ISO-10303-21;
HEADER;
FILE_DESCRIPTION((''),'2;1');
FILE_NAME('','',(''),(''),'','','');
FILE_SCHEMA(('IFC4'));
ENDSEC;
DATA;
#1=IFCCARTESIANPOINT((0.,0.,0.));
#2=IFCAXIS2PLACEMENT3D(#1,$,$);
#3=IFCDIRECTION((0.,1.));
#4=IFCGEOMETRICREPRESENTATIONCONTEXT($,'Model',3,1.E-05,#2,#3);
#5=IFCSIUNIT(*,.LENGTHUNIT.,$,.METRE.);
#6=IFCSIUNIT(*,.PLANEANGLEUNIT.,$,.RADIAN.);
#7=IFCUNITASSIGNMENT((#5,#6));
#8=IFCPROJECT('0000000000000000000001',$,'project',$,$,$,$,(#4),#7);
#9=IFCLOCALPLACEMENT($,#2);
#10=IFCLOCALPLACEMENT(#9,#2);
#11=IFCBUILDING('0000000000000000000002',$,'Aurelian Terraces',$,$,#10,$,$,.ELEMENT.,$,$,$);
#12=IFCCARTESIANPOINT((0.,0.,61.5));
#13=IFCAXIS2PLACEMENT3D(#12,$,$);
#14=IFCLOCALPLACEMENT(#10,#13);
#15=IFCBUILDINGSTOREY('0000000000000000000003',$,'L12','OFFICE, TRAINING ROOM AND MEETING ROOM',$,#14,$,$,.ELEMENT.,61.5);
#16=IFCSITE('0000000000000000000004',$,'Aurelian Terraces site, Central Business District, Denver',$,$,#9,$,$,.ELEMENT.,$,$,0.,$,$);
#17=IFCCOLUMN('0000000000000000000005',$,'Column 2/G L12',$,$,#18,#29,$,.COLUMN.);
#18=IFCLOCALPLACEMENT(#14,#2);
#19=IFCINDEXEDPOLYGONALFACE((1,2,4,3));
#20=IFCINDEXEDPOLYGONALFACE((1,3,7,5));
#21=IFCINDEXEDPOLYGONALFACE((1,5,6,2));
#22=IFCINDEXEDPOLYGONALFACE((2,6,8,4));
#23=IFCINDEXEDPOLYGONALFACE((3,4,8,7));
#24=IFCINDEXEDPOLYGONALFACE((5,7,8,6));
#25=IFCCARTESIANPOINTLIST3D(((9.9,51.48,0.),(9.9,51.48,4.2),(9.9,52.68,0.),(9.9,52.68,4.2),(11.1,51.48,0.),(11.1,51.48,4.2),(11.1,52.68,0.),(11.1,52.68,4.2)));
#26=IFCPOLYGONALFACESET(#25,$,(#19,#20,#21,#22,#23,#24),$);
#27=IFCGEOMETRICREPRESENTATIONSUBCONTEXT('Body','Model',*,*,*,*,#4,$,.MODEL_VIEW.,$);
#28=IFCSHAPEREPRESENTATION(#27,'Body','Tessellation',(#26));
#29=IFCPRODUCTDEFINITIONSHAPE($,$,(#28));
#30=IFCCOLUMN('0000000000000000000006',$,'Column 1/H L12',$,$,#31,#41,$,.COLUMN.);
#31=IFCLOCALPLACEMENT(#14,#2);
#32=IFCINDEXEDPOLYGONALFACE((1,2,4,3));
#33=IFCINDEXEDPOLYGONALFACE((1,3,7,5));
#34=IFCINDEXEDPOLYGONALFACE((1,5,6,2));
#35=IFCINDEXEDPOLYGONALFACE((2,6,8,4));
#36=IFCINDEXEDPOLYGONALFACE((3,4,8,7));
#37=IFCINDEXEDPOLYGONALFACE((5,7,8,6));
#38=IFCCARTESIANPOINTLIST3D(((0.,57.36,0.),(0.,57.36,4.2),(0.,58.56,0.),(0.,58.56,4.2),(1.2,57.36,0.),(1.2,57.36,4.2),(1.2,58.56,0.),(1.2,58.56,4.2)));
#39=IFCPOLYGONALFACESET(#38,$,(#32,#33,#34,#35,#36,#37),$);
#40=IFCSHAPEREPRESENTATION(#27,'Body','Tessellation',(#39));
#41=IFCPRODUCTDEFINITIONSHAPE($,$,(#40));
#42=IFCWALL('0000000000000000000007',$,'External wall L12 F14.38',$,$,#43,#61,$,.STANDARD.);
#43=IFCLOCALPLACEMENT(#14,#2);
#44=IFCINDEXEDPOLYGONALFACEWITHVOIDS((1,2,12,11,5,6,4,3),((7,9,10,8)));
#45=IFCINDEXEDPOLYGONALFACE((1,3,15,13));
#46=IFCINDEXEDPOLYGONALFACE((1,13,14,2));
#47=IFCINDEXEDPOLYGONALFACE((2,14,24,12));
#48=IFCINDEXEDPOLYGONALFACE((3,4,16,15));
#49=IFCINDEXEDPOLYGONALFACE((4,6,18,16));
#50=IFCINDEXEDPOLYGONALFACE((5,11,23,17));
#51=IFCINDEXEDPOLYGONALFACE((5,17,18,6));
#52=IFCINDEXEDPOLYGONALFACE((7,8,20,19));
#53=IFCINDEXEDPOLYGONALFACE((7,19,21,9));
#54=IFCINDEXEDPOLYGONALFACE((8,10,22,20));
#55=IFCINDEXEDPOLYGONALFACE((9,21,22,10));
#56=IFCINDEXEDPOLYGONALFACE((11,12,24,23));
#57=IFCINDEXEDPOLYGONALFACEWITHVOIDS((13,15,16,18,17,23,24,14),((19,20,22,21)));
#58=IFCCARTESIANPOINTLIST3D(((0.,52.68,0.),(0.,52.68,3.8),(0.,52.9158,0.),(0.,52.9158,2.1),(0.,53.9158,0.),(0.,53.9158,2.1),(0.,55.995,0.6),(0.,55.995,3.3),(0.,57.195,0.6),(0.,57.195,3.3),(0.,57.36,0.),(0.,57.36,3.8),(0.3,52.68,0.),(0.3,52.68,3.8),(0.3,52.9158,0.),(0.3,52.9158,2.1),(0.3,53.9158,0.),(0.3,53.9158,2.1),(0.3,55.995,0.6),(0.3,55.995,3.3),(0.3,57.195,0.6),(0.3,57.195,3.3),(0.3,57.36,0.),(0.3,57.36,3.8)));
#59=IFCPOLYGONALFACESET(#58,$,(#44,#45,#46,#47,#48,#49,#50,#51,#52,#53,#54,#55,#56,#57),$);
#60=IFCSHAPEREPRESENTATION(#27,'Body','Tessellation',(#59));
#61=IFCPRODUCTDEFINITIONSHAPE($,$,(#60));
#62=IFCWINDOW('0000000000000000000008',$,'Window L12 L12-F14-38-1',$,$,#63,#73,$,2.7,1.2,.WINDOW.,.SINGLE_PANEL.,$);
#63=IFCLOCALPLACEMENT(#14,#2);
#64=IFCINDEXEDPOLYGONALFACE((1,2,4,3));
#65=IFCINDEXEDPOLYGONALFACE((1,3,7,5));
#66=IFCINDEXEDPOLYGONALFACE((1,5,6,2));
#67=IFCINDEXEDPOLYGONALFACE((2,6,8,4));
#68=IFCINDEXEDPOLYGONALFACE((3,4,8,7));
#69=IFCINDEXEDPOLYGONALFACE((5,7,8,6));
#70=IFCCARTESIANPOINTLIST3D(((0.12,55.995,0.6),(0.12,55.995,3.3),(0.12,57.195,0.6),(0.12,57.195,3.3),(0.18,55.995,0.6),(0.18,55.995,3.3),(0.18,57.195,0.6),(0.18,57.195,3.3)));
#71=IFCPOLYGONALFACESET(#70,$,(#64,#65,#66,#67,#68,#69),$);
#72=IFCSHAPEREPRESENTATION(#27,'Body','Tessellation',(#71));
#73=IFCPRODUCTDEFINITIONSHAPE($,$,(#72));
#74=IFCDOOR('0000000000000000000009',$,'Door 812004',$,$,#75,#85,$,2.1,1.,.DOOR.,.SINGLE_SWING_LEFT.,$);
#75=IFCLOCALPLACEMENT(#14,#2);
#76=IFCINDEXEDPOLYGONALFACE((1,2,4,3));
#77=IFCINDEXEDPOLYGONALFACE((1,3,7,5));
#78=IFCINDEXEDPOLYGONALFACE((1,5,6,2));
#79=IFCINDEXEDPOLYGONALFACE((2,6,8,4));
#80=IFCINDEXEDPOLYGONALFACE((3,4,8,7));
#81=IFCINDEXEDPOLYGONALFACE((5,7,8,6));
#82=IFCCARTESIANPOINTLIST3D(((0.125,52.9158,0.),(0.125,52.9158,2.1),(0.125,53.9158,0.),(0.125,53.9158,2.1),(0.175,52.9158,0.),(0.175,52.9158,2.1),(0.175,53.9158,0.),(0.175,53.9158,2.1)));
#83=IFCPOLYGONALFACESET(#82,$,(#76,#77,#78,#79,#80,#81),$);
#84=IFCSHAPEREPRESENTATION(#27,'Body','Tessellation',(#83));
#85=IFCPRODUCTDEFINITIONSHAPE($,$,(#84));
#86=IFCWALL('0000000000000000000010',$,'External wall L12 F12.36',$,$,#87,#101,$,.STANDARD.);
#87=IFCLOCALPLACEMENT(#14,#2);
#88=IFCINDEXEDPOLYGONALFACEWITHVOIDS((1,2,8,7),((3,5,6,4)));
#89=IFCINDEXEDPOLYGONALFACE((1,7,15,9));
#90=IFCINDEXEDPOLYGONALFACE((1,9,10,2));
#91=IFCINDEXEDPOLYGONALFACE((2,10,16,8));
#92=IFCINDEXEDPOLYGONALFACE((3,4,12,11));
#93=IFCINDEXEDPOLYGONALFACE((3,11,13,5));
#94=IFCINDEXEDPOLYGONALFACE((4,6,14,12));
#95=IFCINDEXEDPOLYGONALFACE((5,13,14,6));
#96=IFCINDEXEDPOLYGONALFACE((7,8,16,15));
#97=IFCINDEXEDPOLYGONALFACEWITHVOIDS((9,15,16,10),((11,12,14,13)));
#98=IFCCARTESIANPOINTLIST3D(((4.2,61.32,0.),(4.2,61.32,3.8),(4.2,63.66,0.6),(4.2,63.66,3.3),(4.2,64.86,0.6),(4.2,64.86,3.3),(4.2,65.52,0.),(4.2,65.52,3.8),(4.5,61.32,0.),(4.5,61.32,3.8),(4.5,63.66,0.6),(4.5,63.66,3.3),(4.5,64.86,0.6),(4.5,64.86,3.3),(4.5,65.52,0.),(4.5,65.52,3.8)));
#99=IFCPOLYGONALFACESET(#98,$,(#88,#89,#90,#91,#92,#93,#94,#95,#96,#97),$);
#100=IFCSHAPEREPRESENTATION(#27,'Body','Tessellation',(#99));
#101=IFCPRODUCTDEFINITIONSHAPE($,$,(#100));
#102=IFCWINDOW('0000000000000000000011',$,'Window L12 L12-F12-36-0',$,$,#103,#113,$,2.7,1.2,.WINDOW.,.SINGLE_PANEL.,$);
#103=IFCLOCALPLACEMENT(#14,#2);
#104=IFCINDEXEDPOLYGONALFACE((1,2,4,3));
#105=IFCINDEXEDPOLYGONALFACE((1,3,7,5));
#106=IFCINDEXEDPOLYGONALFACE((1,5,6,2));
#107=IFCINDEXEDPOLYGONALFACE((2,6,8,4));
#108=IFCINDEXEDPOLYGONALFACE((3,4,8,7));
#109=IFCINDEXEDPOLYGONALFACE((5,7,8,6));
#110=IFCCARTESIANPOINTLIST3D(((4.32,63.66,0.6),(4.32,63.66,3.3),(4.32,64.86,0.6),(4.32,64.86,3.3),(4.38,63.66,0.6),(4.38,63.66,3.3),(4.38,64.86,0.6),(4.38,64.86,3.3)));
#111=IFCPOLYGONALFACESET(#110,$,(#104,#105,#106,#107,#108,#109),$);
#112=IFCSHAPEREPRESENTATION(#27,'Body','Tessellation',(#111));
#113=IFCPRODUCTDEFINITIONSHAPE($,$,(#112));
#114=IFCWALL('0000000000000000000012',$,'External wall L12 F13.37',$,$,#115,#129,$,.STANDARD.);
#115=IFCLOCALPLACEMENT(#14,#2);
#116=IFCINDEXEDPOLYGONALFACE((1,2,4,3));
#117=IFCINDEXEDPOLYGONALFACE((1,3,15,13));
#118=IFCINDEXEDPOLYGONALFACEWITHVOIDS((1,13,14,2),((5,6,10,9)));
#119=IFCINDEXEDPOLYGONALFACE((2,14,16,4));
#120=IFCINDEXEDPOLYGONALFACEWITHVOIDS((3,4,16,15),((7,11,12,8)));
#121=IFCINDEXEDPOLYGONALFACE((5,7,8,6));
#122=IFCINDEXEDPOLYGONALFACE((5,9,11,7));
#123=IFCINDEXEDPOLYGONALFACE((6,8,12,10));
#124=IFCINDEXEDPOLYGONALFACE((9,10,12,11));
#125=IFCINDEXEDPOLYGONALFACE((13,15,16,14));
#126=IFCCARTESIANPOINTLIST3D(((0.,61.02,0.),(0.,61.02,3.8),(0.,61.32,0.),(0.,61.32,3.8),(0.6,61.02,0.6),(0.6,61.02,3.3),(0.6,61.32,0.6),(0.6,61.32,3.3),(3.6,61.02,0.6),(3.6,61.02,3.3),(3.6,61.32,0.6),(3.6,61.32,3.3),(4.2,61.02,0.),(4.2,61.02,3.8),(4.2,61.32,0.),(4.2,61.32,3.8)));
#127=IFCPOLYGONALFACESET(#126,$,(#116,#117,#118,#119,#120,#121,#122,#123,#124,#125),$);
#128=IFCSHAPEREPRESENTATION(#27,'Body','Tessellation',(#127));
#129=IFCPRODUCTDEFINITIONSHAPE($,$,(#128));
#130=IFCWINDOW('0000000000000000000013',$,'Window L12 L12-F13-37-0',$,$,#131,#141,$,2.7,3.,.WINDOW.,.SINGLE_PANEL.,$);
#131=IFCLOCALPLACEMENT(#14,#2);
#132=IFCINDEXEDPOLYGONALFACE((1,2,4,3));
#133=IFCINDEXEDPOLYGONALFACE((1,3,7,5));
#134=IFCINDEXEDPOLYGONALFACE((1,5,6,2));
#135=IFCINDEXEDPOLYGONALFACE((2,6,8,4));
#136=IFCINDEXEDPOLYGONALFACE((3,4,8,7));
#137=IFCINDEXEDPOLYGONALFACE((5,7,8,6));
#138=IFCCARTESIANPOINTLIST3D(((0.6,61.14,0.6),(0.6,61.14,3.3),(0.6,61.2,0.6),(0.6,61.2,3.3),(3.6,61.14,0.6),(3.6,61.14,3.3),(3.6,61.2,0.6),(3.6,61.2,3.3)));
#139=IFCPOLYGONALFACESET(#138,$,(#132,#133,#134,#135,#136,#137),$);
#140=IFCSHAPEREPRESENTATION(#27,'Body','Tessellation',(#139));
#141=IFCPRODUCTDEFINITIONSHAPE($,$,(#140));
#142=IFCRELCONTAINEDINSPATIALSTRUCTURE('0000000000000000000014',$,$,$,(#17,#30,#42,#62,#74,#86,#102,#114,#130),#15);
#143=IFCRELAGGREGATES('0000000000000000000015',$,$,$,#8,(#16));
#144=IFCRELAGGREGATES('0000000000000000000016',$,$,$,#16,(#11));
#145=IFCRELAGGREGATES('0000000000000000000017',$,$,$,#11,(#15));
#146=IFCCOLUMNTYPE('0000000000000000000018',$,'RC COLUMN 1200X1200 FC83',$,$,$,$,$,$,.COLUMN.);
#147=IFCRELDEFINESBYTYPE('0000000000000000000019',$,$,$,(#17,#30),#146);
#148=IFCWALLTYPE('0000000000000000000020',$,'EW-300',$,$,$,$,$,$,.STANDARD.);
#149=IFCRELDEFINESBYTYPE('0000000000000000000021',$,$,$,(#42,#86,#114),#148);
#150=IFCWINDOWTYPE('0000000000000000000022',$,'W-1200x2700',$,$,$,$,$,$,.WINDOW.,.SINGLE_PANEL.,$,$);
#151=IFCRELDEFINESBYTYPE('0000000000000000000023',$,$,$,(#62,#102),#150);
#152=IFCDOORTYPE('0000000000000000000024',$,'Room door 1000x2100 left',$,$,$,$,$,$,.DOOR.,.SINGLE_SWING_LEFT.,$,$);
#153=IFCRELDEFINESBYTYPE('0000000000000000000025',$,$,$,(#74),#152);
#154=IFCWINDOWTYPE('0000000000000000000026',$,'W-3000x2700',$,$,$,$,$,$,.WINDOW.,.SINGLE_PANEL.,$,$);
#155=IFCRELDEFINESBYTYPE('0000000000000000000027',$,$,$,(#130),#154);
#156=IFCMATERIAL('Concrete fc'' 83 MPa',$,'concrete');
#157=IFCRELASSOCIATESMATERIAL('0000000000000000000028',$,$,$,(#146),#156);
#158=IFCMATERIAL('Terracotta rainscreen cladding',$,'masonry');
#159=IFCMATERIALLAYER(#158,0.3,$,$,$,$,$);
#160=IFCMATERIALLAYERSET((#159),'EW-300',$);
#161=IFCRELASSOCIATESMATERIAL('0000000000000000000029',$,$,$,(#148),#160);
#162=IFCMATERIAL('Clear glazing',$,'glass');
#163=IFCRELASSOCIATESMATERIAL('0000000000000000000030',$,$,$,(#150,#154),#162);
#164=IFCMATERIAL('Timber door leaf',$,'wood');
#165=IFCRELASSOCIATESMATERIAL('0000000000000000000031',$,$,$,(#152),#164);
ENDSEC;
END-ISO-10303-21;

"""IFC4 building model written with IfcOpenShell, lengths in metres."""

from ifc_helpers import new_model, si_unit, direction, frame, frame_2d, origin, origin_2d, place, context, subcontext, project, spatial, rectangle, extrude, source, transform, mapped, material, layer, layer_set, material_profile, profile_set, type_object, element, fill, save


model = new_model("IFC4")

# Units and contexts
model_context = context("Model", 3, precision=1e-05, world=origin(), true_north=direction((0.0, 1.0)))
body_context = subcontext(model_context, "Body", "Model", "MODEL_VIEW")
ifc_project = project(units=[si_unit("LENGTHUNIT", "METRE"), si_unit("PLANEANGLEUNIT", "RADIAN")], contexts=[model_context])

# Site, building, storey
site_placement = place(None, origin())
site = spatial("IfcSite", under=ifc_project, at=site_placement, Name="Aurelian Terraces site, Central Business District, Denver", CompositionType="ELEMENT", RefElevation=0.0)
building_placement = place(site_placement, origin())
building = spatial("IfcBuilding", under=site, at=building_placement, Name="Aurelian Terraces", CompositionType="ELEMENT")
storey_placement = place(building_placement, frame((0.0, 0.0, 61.5)))
storey = spatial("IfcBuildingStorey", under=building, at=storey_placement, Name="L12", Description="OFFICE, TRAINING ROOM AND MEETING ROOM", CompositionType="ELEMENT", Elevation=61.5)

# Columns
ifc_material_1 = material(Name="Concrete fc' 83 MPa", Category="concrete")
ifc_material_profile = material_profile(ifc_material_1, rectangle(XDim=1.2, YDim=1.2, at=origin_2d()))
ifc_profile_set = profile_set([ifc_material_profile], Name="Concrete fc' 83 MPa")
column_type = type_object("IfcColumnType", Name="RC COLUMN 1200X1200 FC83", PredefinedType="COLUMN", material=ifc_profile_set)
shared_shape_1 = source(origin(), body_context, "Body", "SweptSolid", [
    extrude(rectangle(XDim=1.2, YDim=1.2, at=origin_2d()), origin(), (0.0, 0.0, 1.0), 4.2),
])
for number, where, z_axis, x_axis, name in (
    (1, (10.5, 52.08, 0.0), (0.0, 0.0, 1.0), (1.0, 0.0, 0.0), "Column 2/G L12"),
    (2, (0.6, 57.96, 0.0), (0.0, 0.0, 1.0), (1.0, 0.0, 0.0), "Column 1/H L12"),
):
    element("IfcColumn", number, at=place(storey_placement, frame(where, z_axis=z_axis, x_axis=x_axis)), inside=storey, type_object=column_type, Name=name, PredefinedType="COLUMN", context=body_context, shape_type="MappedRepresentation", body=[
        mapped(shared_shape_1, transform((0.0, 0.0, 0.0), scale=1.0)),
    ])

# Wall, openings, window, door
ifc_material_2 = material(Name="Terracotta rainscreen cladding", Category="masonry")
ifc_layer_1 = layer(ifc_material_2, 0.3)
ifc_layer_set_1 = layer_set([ifc_layer_1], Name="EW-300")
wall_type_1 = type_object("IfcWallType", Name="EW-300", PredefinedType="STANDARD", material=ifc_layer_set_1)
shared_shape_2 = source(origin(), body_context, "Body", "SweptSolid", [
    extrude(rectangle(XDim=4.68, YDim=0.3, at=frame_2d((2.34, 0.0))), origin(), (0.0, 0.0, 1.0), 3.8),
])
wall_1_placement = place(storey_placement, frame((0.15, 57.36, 0.0), z_axis=(0.0, 0.0, 1.0), x_axis=(0.0, -1.0, 0.0)))
wall_1 = element("IfcWall", 3, at=wall_1_placement, inside=storey, type_object=wall_type_1, Name="External wall L12 F14.38", PredefinedType="STANDARD", context=body_context, shape_type="MappedRepresentation", body=[
    mapped(shared_shape_2, transform((0.0, 0.0, 0.0), scale=1.0)),
])
shared_shape_3 = source(origin(), body_context, "Body", "SweptSolid", [
    extrude(rectangle(XDim=1.2, YDim=2.7, at=frame_2d((0.6, 1.35))), frame((0.0, 0.16, 0.0), z_axis=(0.0, -1.0, 0.0), x_axis=(1.0, 0.0, 0.0)), (0.0, 0.0, 1.0), 0.32),
])
opening_1_placement = place(wall_1_placement, frame((0.165, 0.0, 0.6)))
opening_1 = element("IfcOpeningElement", 4, at=opening_1_placement, cuts=wall_1, PredefinedType="OPENING", context=body_context, shape_type="MappedRepresentation", body=[
    mapped(shared_shape_3, transform((0.0, 0.0, 0.0), scale=1.0)),
])
shared_shape_4 = source(origin(), body_context, "Body", "SweptSolid", [
    extrude(rectangle(XDim=1.0, YDim=2.1, at=frame_2d((0.5, 1.05))), frame((0.0, 0.16, 0.0), z_axis=(0.0, -1.0, 0.0), x_axis=(1.0, 0.0, 0.0)), (0.0, 0.0, 1.0), 0.32),
])
opening_2_placement = place(wall_1_placement, frame((3.4442, 0.0, 0.0)))
opening_2 = element("IfcOpeningElement", 5, at=opening_2_placement, cuts=wall_1, PredefinedType="OPENING", context=body_context, shape_type="MappedRepresentation", body=[
    mapped(shared_shape_4, transform((0.0, 0.0, 0.0), scale=1.0)),
])
ifc_material_3 = material(Name="Clear glazing", Category="glass")
window_type_1 = type_object("IfcWindowType", Name="W-1200x2700", PartitioningType="SINGLE_PANEL", PredefinedType="WINDOW", material=ifc_material_3)
shared_shape_5 = source(origin(), body_context, "Body", "SweptSolid", [
    extrude(rectangle(XDim=1.2, YDim=2.7, at=frame_2d((0.6, 1.35))), frame((0.0, 0.03, 0.0), z_axis=(0.0, -1.0, 0.0), x_axis=(1.0, 0.0, 0.0)), (0.0, 0.0, 1.0), 0.06),
])
window_1_placement = place(opening_1_placement, origin())
window_1 = element("IfcWindow", 6, at=window_1_placement, inside=storey, type_object=window_type_1, Name="Window L12 L12-F14-38-1", OverallHeight=2.7, OverallWidth=1.2, PartitioningType="SINGLE_PANEL", PredefinedType="WINDOW", context=body_context, shape_type="MappedRepresentation", body=[
    mapped(shared_shape_5, transform((0.0, 0.0, 0.0), scale=1.0)),
])
fill(opening_1, window_1)
ifc_material_4 = material(Name="Timber door leaf", Category="wood")
door_type = type_object("IfcDoorType", Name="Room door 1000x2100 left", OperationType="SINGLE_SWING_LEFT", PredefinedType="DOOR", material=ifc_material_4)
shared_shape_6 = source(origin(), body_context, "Body", "SweptSolid", [
    extrude(rectangle(XDim=1.0, YDim=2.1, at=frame_2d((0.5, 1.05))), frame((0.0, 0.025, 0.0), z_axis=(0.0, -1.0, 0.0), x_axis=(1.0, 0.0, 0.0)), (0.0, 0.0, 1.0), 0.05),
])
door_placement = place(opening_2_placement, origin())
door = element("IfcDoor", 7, at=door_placement, inside=storey, type_object=door_type, Name="Door 812004", OperationType="SINGLE_SWING_LEFT", OverallHeight=2.1, OverallWidth=1.0, PredefinedType="DOOR", context=body_context, shape_type="MappedRepresentation", body=[
    mapped(shared_shape_6, transform((0.0, 0.0, 0.0), scale=1.0)),
])
fill(opening_2, door)

# Walls, openings, windows
shared_shape_7 = source(origin(), body_context, "Body", "SweptSolid", [
    extrude(rectangle(XDim=4.2, YDim=0.3, at=frame_2d((2.1, 0.0))), origin(), (0.0, 0.0, 1.0), 3.8),
])
wall_2_placement = place(storey_placement, frame((4.35, 65.52, 0.0), z_axis=(0.0, 0.0, 1.0), x_axis=(0.0, -1.0, 0.0)))
wall_2 = element("IfcWall", 8, at=wall_2_placement, inside=storey, type_object=wall_type_1, Name="External wall L12 F12.36", PredefinedType="STANDARD", context=body_context, shape_type="MappedRepresentation", body=[
    mapped(shared_shape_7, transform((0.0, 0.0, 0.0), scale=1.0)),
])
opening_3_placement = place(wall_2_placement, frame((0.66, 0.0, 0.6)))
opening_3 = element("IfcOpeningElement", 9, at=opening_3_placement, cuts=wall_2, PredefinedType="OPENING", context=body_context, shape_type="MappedRepresentation", body=[
    mapped(shared_shape_3, transform((0.0, 0.0, 0.0), scale=1.0)),
])
window_2_placement = place(opening_3_placement, origin())
window_2 = element("IfcWindow", 10, at=window_2_placement, inside=storey, type_object=window_type_1, Name="Window L12 L12-F12-36-0", OverallHeight=2.7, OverallWidth=1.2, PartitioningType="SINGLE_PANEL", PredefinedType="WINDOW", context=body_context, shape_type="MappedRepresentation", body=[
    mapped(shared_shape_5, transform((0.0, 0.0, 0.0), scale=1.0)),
])
fill(opening_3, window_2)
wall_3_placement = place(storey_placement, frame((4.2, 61.17, 0.0), z_axis=(0.0, 0.0, 1.0), x_axis=(-1.0, 0.0, 0.0)))
wall_3 = element("IfcWall", 11, at=wall_3_placement, inside=storey, type_object=wall_type_1, Name="External wall L12 F13.37", PredefinedType="STANDARD", context=body_context, shape_type="MappedRepresentation", body=[
    mapped(shared_shape_7, transform((0.0, 0.0, 0.0), scale=1.0)),
])
shared_shape_8 = source(origin(), body_context, "Body", "SweptSolid", [
    extrude(rectangle(XDim=3.0, YDim=2.7, at=frame_2d((1.5, 1.35))), frame((0.0, 0.16, 0.0), z_axis=(0.0, -1.0, 0.0), x_axis=(1.0, 0.0, 0.0)), (0.0, 0.0, 1.0), 0.32),
])
opening_4_placement = place(wall_3_placement, frame((0.6, 0.0, 0.6)))
opening_4 = element("IfcOpeningElement", 12, at=opening_4_placement, cuts=wall_3, PredefinedType="OPENING", context=body_context, shape_type="MappedRepresentation", body=[
    mapped(shared_shape_8, transform((0.0, 0.0, 0.0), scale=1.0)),
])
window_type_2 = type_object("IfcWindowType", Name="W-3000x2700", PartitioningType="SINGLE_PANEL", PredefinedType="WINDOW", material=ifc_material_3)
shared_shape_9 = source(origin(), body_context, "Body", "SweptSolid", [
    extrude(rectangle(XDim=3.0, YDim=2.7, at=frame_2d((1.5, 1.35))), frame((0.0, 0.03, 0.0), z_axis=(0.0, -1.0, 0.0), x_axis=(1.0, 0.0, 0.0)), (0.0, 0.0, 1.0), 0.06),
])
window_3_placement = place(opening_4_placement, origin())
window_3 = element("IfcWindow", 13, at=window_3_placement, inside=storey, type_object=window_type_2, Name="Window L12 L12-F13-37-0", OverallHeight=2.7, OverallWidth=3.0, PartitioningType="SINGLE_PANEL", PredefinedType="WINDOW", context=body_context, shape_type="MappedRepresentation", body=[
    mapped(shared_shape_9, transform((0.0, 0.0, 0.0), scale=1.0)),
])
fill(opening_4, window_3)

save(model, "model.ifc")
